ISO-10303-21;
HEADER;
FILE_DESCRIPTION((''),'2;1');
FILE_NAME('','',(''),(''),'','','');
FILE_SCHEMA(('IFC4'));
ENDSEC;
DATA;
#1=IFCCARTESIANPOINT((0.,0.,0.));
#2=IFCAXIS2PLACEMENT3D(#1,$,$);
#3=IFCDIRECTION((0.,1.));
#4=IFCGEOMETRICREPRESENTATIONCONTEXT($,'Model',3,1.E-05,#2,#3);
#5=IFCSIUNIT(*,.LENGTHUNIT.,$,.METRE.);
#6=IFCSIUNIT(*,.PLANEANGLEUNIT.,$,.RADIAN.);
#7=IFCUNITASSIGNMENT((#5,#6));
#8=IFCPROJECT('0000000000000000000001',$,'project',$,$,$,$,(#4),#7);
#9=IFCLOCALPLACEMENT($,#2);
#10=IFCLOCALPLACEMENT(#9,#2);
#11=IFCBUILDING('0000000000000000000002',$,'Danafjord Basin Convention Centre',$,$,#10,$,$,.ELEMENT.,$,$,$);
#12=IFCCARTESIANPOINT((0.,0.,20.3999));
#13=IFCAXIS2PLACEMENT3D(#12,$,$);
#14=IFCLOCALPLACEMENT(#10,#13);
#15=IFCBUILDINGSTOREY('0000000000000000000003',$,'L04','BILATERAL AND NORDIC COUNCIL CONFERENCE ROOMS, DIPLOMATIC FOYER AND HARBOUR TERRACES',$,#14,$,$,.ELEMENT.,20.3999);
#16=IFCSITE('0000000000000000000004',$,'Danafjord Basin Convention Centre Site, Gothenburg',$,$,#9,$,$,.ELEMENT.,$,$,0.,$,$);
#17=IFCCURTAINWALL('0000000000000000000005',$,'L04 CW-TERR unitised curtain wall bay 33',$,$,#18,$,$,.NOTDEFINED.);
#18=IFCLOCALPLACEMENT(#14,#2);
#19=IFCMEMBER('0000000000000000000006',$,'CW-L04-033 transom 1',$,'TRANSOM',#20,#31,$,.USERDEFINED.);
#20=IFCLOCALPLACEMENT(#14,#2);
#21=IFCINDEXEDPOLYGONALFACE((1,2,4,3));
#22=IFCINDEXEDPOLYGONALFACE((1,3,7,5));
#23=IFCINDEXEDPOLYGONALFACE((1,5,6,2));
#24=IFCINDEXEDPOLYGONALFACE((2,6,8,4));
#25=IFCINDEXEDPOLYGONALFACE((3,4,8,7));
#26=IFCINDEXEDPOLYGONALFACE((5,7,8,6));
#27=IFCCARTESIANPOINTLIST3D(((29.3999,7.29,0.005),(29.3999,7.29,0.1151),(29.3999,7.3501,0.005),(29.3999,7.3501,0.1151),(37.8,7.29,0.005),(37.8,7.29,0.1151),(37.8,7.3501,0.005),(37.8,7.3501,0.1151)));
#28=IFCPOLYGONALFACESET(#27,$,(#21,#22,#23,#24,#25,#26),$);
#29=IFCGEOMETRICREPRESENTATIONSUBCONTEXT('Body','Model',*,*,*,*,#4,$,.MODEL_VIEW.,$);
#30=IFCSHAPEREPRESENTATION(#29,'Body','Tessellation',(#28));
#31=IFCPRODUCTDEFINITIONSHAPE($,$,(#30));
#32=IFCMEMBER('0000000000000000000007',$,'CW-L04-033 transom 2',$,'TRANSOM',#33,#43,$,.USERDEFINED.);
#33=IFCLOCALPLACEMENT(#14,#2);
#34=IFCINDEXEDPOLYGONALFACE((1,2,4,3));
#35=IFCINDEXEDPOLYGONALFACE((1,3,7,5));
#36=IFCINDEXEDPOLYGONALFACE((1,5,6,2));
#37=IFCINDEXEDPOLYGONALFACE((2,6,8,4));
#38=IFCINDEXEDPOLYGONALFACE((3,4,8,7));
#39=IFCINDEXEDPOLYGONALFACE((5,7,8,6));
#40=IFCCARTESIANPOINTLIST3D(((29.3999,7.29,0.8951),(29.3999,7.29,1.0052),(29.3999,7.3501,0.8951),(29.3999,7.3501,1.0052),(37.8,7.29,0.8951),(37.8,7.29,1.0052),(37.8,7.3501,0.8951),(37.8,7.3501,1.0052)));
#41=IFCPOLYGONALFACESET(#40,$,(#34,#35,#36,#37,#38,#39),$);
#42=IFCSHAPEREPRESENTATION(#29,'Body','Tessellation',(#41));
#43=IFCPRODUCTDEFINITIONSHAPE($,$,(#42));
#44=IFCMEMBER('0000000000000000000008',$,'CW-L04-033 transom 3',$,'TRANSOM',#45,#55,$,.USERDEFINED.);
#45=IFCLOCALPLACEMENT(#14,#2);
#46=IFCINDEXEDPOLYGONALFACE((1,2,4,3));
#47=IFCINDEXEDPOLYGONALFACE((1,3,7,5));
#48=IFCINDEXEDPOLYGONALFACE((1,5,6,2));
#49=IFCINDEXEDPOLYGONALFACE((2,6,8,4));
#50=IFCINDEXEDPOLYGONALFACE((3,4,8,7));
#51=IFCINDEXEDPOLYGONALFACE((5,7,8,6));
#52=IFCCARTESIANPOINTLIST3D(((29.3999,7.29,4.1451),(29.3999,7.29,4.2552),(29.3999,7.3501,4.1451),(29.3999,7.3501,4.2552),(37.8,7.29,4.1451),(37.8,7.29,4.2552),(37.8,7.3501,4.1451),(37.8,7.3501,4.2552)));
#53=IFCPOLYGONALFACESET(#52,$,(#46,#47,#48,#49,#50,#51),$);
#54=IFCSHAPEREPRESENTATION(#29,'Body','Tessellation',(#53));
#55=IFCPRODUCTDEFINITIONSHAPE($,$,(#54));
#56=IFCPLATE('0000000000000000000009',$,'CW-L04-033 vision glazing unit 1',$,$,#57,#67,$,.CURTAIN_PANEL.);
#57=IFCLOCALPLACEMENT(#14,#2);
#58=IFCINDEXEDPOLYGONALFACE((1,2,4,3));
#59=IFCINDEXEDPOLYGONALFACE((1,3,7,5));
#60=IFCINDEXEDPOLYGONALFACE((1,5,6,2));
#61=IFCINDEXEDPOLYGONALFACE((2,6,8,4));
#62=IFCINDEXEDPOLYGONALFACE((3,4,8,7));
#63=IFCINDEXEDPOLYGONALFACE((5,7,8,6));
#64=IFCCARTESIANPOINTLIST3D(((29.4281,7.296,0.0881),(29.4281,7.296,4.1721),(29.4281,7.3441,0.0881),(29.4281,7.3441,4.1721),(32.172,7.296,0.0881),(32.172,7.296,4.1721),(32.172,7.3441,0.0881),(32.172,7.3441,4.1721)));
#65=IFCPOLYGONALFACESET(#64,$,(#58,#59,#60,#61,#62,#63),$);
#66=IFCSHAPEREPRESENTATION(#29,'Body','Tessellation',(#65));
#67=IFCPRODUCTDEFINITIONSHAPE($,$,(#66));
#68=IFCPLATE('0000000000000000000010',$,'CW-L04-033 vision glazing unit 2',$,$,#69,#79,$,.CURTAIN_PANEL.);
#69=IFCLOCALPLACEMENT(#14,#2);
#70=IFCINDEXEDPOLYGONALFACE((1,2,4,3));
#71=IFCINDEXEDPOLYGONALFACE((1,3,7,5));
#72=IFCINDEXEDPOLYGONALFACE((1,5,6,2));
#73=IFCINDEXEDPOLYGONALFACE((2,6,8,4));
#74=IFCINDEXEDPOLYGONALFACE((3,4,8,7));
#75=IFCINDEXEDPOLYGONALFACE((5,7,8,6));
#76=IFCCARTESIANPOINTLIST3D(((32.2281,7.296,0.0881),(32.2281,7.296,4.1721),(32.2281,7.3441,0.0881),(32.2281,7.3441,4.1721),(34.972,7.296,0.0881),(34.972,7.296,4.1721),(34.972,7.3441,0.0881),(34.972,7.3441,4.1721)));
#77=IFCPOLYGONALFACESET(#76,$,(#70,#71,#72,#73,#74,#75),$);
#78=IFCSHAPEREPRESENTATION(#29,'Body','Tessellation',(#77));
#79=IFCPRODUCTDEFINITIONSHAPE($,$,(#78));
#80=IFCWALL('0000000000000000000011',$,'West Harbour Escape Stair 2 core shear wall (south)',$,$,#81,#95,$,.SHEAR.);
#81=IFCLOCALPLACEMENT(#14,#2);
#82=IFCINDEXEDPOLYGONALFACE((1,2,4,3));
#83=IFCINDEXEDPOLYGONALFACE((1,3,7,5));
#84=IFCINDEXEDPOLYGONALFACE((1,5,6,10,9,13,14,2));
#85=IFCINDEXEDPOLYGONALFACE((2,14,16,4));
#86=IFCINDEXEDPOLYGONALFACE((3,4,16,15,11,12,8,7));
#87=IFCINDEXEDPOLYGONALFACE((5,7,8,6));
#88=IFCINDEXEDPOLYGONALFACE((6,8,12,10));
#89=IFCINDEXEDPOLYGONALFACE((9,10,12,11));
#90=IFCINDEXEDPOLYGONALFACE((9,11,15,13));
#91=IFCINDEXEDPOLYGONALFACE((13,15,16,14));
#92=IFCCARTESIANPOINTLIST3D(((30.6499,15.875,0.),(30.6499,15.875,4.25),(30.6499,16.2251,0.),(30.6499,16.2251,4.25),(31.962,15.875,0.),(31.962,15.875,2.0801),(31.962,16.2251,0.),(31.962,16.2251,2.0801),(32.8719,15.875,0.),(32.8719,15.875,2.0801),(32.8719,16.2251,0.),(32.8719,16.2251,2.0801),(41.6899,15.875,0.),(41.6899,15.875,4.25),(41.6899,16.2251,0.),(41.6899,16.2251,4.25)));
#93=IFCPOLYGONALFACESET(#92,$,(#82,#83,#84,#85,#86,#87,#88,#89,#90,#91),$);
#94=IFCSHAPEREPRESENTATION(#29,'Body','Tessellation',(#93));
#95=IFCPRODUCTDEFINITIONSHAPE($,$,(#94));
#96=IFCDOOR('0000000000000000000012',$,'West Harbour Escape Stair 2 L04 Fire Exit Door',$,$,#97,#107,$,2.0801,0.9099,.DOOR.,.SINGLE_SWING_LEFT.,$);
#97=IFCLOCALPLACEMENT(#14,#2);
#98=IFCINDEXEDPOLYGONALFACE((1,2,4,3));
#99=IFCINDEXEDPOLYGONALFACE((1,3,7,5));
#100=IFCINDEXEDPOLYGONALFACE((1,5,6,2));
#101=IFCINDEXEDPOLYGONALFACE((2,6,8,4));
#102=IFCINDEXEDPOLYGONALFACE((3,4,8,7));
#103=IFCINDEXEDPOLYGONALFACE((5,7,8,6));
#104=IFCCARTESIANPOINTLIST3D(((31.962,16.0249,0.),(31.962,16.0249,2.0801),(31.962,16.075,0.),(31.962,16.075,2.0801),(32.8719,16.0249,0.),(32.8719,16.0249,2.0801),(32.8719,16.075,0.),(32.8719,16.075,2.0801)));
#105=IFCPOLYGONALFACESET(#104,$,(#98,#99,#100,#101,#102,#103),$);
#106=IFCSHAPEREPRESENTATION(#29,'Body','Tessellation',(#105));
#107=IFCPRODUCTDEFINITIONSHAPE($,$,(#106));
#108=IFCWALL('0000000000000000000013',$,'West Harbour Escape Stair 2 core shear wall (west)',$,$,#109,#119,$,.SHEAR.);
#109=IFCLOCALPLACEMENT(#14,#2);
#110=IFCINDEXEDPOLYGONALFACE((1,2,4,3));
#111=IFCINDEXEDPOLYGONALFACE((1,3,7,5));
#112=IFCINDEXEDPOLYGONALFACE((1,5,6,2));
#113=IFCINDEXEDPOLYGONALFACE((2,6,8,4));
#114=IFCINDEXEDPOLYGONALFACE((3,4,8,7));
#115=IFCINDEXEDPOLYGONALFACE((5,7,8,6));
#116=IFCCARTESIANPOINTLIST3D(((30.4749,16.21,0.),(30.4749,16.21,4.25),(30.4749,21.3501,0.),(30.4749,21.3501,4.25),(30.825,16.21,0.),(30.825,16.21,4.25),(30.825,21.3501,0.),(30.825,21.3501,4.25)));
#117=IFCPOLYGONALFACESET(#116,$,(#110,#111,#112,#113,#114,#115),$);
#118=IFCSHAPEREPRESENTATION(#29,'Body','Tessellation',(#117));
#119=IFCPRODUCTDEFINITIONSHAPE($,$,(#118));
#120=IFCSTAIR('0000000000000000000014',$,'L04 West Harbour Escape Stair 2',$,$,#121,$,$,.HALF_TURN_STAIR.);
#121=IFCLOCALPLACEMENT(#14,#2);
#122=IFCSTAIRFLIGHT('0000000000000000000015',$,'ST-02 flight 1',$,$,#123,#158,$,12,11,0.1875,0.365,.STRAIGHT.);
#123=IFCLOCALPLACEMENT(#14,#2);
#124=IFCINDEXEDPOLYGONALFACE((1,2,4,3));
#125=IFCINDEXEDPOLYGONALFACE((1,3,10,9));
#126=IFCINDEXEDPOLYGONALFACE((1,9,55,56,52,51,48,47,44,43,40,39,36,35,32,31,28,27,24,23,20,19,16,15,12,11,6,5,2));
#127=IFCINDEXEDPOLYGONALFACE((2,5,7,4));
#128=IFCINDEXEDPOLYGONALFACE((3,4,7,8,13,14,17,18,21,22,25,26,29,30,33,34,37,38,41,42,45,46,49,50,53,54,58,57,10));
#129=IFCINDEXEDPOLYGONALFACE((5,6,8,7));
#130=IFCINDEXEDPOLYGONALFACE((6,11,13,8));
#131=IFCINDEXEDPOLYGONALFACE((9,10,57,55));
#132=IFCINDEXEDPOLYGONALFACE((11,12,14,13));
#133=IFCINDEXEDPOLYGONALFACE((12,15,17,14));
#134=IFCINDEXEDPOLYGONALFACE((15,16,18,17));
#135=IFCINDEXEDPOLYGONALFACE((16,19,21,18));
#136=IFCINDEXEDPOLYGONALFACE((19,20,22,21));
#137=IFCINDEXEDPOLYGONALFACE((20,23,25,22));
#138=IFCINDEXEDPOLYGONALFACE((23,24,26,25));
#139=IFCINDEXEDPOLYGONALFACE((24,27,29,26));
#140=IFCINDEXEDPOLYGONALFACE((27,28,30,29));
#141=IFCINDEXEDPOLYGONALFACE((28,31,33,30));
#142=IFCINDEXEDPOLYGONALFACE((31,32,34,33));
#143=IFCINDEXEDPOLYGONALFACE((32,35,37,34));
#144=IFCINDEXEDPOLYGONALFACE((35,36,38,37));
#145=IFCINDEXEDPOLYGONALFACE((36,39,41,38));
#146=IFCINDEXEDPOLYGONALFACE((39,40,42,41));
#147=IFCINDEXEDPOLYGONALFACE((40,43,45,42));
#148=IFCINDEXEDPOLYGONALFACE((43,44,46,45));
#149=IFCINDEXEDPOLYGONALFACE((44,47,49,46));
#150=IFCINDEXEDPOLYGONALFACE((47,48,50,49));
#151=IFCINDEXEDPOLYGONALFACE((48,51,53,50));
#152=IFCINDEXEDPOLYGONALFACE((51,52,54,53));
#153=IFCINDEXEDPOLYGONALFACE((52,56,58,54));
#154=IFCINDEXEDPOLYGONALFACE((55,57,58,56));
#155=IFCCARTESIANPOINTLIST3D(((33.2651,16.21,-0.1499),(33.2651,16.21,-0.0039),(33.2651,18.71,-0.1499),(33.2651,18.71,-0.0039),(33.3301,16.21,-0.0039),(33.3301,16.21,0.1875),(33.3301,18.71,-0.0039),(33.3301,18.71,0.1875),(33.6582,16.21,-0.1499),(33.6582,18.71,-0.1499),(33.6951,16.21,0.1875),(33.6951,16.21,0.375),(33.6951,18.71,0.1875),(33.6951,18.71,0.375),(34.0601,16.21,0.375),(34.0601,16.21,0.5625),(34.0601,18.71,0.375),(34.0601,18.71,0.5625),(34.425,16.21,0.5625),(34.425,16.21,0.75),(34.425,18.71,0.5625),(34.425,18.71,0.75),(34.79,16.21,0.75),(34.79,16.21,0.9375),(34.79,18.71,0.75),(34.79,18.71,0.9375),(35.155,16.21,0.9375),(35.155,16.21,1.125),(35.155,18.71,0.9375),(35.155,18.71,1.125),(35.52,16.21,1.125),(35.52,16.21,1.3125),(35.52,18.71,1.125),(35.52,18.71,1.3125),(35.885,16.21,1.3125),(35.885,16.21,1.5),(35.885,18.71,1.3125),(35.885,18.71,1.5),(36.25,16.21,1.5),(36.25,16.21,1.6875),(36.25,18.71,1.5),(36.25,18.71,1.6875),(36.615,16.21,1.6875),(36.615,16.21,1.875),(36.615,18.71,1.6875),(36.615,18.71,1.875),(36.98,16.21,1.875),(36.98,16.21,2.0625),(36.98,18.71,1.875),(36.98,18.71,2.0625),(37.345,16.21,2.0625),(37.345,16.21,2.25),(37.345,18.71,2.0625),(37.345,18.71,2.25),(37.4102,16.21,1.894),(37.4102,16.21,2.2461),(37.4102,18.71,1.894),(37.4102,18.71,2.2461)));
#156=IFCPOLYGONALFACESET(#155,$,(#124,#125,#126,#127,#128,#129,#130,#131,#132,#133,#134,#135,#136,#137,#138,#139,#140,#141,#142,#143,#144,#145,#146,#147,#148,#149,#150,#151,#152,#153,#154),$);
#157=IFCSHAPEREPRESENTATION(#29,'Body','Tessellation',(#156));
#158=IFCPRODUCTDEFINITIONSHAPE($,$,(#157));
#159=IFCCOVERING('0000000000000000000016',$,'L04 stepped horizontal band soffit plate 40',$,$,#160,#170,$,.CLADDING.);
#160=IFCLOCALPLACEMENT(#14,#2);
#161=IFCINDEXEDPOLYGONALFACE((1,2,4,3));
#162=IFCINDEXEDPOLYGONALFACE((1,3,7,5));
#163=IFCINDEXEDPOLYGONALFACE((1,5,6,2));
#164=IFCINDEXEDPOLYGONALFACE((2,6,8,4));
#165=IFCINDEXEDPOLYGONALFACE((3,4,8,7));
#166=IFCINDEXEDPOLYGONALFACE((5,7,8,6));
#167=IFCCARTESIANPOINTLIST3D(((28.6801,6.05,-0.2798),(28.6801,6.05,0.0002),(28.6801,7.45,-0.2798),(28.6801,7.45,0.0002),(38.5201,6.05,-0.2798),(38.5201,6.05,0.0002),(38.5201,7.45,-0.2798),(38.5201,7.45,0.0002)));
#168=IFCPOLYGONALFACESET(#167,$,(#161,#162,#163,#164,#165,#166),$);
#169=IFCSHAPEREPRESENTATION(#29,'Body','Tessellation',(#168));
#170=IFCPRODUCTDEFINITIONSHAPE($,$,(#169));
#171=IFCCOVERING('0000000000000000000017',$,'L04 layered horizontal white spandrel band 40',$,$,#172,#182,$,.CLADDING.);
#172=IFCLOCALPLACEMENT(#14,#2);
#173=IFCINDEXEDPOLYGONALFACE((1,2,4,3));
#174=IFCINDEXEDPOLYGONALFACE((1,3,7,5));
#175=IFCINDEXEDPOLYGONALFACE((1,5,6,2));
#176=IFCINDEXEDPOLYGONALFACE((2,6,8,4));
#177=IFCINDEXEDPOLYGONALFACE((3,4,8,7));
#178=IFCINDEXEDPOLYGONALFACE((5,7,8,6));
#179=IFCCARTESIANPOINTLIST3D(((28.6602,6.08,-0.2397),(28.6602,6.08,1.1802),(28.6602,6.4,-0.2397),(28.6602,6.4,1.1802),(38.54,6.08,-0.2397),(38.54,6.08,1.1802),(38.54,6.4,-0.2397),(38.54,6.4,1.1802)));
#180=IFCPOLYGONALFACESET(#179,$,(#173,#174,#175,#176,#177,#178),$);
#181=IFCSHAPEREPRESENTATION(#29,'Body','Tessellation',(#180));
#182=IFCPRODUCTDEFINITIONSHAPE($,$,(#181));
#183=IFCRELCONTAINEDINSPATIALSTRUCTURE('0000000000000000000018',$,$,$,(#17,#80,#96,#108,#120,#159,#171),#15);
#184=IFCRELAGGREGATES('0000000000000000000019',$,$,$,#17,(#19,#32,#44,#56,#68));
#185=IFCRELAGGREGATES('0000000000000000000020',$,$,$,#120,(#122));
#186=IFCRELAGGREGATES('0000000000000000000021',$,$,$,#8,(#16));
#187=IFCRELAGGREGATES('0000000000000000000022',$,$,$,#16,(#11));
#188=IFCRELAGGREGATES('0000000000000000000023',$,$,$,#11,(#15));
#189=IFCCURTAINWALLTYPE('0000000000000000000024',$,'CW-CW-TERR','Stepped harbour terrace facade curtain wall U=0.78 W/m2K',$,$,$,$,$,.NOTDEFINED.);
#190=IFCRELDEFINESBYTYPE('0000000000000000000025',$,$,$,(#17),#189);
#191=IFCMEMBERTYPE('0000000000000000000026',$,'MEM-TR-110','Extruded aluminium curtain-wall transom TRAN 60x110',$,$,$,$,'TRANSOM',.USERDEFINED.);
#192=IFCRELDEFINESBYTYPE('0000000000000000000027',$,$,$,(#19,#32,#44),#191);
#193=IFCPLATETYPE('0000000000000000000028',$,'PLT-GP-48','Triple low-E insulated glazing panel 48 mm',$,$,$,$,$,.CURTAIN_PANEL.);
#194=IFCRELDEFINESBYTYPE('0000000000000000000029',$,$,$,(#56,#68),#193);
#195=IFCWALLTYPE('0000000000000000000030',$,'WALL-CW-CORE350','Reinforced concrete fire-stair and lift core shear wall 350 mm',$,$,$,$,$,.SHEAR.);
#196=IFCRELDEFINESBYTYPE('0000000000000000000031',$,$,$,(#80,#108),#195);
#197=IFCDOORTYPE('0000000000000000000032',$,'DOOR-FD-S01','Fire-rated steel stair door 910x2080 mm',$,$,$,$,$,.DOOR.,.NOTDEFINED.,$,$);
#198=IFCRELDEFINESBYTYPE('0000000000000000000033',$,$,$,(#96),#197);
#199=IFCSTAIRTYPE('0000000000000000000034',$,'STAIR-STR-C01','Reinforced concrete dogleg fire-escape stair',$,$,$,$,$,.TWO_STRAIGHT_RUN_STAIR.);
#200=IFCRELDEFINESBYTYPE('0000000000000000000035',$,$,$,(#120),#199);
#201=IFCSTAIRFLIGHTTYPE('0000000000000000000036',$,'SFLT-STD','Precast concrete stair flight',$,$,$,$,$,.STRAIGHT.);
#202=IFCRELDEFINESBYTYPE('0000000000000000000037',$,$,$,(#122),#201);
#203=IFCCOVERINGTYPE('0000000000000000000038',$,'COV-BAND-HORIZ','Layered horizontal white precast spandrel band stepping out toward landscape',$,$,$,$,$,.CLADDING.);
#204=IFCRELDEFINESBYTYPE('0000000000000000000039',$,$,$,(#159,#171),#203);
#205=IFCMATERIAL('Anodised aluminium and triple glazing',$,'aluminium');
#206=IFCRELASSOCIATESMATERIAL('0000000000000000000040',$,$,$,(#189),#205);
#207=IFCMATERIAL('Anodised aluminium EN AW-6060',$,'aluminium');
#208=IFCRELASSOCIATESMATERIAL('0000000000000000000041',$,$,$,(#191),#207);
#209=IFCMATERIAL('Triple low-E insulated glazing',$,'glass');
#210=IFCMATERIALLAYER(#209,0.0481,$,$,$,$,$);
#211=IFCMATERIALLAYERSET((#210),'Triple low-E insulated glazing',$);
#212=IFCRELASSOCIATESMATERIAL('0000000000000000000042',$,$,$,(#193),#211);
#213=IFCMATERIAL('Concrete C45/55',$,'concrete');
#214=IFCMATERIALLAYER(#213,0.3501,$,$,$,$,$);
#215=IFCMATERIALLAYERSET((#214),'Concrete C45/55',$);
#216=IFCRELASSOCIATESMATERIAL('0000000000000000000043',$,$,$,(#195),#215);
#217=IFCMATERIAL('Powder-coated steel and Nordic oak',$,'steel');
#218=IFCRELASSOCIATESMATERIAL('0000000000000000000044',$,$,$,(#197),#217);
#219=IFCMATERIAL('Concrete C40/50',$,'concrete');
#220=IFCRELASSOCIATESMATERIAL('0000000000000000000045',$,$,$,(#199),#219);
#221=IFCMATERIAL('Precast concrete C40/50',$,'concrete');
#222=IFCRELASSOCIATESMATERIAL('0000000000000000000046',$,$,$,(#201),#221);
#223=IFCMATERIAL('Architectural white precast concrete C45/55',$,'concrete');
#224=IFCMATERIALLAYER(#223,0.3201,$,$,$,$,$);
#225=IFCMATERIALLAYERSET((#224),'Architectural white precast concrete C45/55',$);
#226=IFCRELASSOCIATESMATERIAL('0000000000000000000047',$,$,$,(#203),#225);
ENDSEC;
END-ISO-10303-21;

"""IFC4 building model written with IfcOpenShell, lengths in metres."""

from ifc_helpers import new_model, si_unit, direction, frame, frame_2d, origin, origin_2d, place, context, subcontext, project, spatial, polyline, rectangle, outline, extrude, material, layer, layer_set, material_profile, profile_set, type_object, element, fill, aggregate, save


model = new_model("IFC4")

# Units and contexts
model_context = context("Model", 3, precision=1e-05, world=origin(), true_north=direction((0.0, 1.0)))
body_context = subcontext(model_context, "Body", "Model", "MODEL_VIEW")
ifc_project = project(units=[si_unit("LENGTHUNIT", "METRE"), si_unit("PLANEANGLEUNIT", "RADIAN")], contexts=[model_context])

# Site, building, storey
site_placement = place(None, origin())
site = spatial("IfcSite", under=ifc_project, at=site_placement, Name="Danafjord Basin Convention Centre Site, Gothenburg", CompositionType="ELEMENT", RefElevation=0.0)
building_placement = place(site_placement, origin())
building = spatial("IfcBuilding", under=site, at=building_placement, Name="Danafjord Basin Convention Centre", CompositionType="ELEMENT")
storey_placement = place(building_placement, frame((0.0, 0.0, 20.3999)))
storey = spatial("IfcBuildingStorey", under=building, at=storey_placement, Name="L04", Description="BILATERAL AND NORDIC COUNCIL CONFERENCE ROOMS, DIPLOMATIC FOYER AND HARBOUR TERRACES", CompositionType="ELEMENT", Elevation=20.3999)

# Curtain wall, members, plates
ifc_material_1 = material(Name="Anodised aluminium and triple glazing", Category="aluminium")
curtain_wall_type = type_object("IfcCurtainWallType", Name="CW-CW-TERR", Description="Stepped harbour terrace facade curtain wall U=0.78 W/m2K", PredefinedType="NOTDEFINED", material=ifc_material_1)
curtain_wall_placement = place(storey_placement, origin())
curtain_wall = element("IfcCurtainWall", 1, at=curtain_wall_placement, inside=storey, type_object=curtain_wall_type, Name="L04 CW-TERR unitised curtain wall bay 33", PredefinedType="NOTDEFINED")
ifc_material_2 = material(Name="Anodised aluminium EN AW-6060", Category="aluminium")
ifc_material_profile_1 = material_profile(ifc_material_2, rectangle(XDim=0.0601, YDim=0.1101, at=origin_2d()), Name="TRAN 60x110")
ifc_profile_set_1 = profile_set([ifc_material_profile_1], Name="Anodised aluminium EN AW-6060")
member_type_1 = type_object("IfcMemberType", Name="MEM-TR-110", Description="Extruded aluminium curtain-wall transom TRAN 60x110", ElementType="TRANSOM", PredefinedType="USERDEFINED", material=ifc_profile_set_1)
member_1_placement = place(storey_placement, frame((29.3999, 7.3201, 0.0601), z_axis=(1.0, 0.0, 0.0), x_axis=(0.0, 1.0, 0.0)))
member_1 = element("IfcMember", 2, at=member_1_placement, type_object=member_type_1, Name="CW-L04-033 transom 1", ObjectType="TRANSOM", PredefinedType="USERDEFINED", context=body_context, shape_type="SweptSolid", body=[
    extrude(rectangle(XDim=0.0601, YDim=0.1101, at=origin_2d()), origin(), (0.0, 0.0, 1.0), 8.4001),
])
member_2_placement = place(storey_placement, frame((29.3999, 7.3201, 0.9502), z_axis=(1.0, 0.0, 0.0), x_axis=(0.0, 1.0, 0.0)))
member_2 = element("IfcMember", 3, at=member_2_placement, type_object=member_type_1, Name="CW-L04-033 transom 2", ObjectType="TRANSOM", PredefinedType="USERDEFINED", context=body_context, shape_type="SweptSolid", body=[
    extrude(rectangle(XDim=0.0601, YDim=0.1101, at=origin_2d()), origin(), (0.0, 0.0, 1.0), 8.4001),
])
member_3_placement = place(storey_placement, frame((29.3999, 7.3201, 4.2002), z_axis=(1.0, 0.0, 0.0), x_axis=(0.0, 1.0, 0.0)))
member_3 = element("IfcMember", 4, at=member_3_placement, type_object=member_type_1, Name="CW-L04-033 transom 3", ObjectType="TRANSOM", PredefinedType="USERDEFINED", context=body_context, shape_type="SweptSolid", body=[
    extrude(rectangle(XDim=0.0601, YDim=0.1101, at=origin_2d()), origin(), (0.0, 0.0, 1.0), 8.4001),
])
ifc_material_3 = material(Name="Triple low-E insulated glazing", Category="glass")
ifc_layer_1 = layer(ifc_material_3, 0.0481)
ifc_layer_set_1 = layer_set([ifc_layer_1], Name="Triple low-E insulated glazing")
plate_type = type_object("IfcPlateType", Name="PLT-GP-48", Description="Triple low-E insulated glazing panel 48 mm", PredefinedType="CURTAIN_PANEL", material=ifc_layer_set_1)
plate_1_placement = place(storey_placement, frame((30.8, 7.3201, 0.0881), z_axis=(0.0, 0.0, 1.0), x_axis=(1.0, 0.0, 0.0)))
plate_1 = element("IfcPlate", 5, at=plate_1_placement, type_object=plate_type, Name="CW-L04-033 vision glazing unit 1", PredefinedType="CURTAIN_PANEL", context=body_context, shape_type="SweptSolid", body=[
    extrude(rectangle(XDim=2.7439, YDim=0.0481, at=origin_2d()), origin(), (0.0, 0.0, 1.0), 4.084),
])
plate_2_placement = place(storey_placement, frame((33.6001, 7.3201, 0.0881), z_axis=(0.0, 0.0, 1.0), x_axis=(1.0, 0.0, 0.0)))
plate_2 = element("IfcPlate", 6, at=plate_2_placement, type_object=plate_type, Name="CW-L04-033 vision glazing unit 2", PredefinedType="CURTAIN_PANEL", context=body_context, shape_type="SweptSolid", body=[
    extrude(rectangle(XDim=2.7439, YDim=0.0481, at=origin_2d()), origin(), (0.0, 0.0, 1.0), 4.084),
])
aggregate(curtain_wall, [member_1, member_2, member_3, plate_1, plate_2])

# Wall, opening, door
ifc_material_4 = material(Name="Concrete C45/55", Category="concrete")
ifc_layer_2 = layer(ifc_material_4, 0.3501)
ifc_layer_set_2 = layer_set([ifc_layer_2], Name="Concrete C45/55")
wall_type = type_object("IfcWallType", Name="WALL-CW-CORE350", Description="Reinforced concrete fire-stair and lift core shear wall 350 mm", PredefinedType="SHEAR", material=ifc_layer_set_2)
wall_1_placement = place(storey_placement, frame((30.6499, 16.05, 0.0), z_axis=(0.0, 0.0, 1.0), x_axis=(1.0, 0.0, 0.0)))
wall_1 = element("IfcWall", 7, at=wall_1_placement, inside=storey, type_object=wall_type, Name="West Harbour Escape Stair 2 core shear wall (south)", PredefinedType="SHEAR", context=body_context, shape_type="SweptSolid", body=[
    extrude(rectangle(XDim=11.04, YDim=0.3501, at=frame_2d((5.52, 0.0))), origin(), (0.0, 0.0, 1.0), 4.25),
])
opening_placement = place(wall_1_placement, frame((1.312, 0.0, 0.0)))
opening = element("IfcOpeningElement", 8, at=opening_placement, cuts=wall_1, PredefinedType="OPENING", context=body_context, shape_type="SweptSolid", body=[
    extrude(rectangle(XDim=0.9099, YDim=2.0801, at=frame_2d((0.4551, 1.04))), frame((0.0, 0.1851, 0.0), z_axis=(0.0, -1.0, 0.0), x_axis=(1.0, 0.0, 0.0)), (0.0, 0.0, 1.0), 0.3701),
])
ifc_material_5 = material(Name="Powder-coated steel and Nordic oak", Category="steel")
door_type = type_object("IfcDoorType", Name="DOOR-FD-S01", Description="Fire-rated steel stair door 910x2080 mm", OperationType="NOTDEFINED", PredefinedType="DOOR", material=ifc_material_5)
door_placement = place(opening_placement, origin())
door = element("IfcDoor", 9, at=door_placement, inside=storey, type_object=door_type, Name="West Harbour Escape Stair 2 L04 Fire Exit Door", OperationType="SINGLE_SWING_LEFT", OverallHeight=2.0801, OverallWidth=0.9099, PredefinedType="DOOR", context=body_context, shape_type="SweptSolid", body=[
    extrude(rectangle(XDim=0.9099, YDim=2.0801, at=frame_2d((0.4551, 1.04))), frame((0.0, 0.0249, 0.0), z_axis=(0.0, -1.0, 0.0), x_axis=(1.0, 0.0, 0.0)), (0.0, 0.0, 1.0), 0.05),
])
fill(opening, door)

# Wall
wall_2_placement = place(storey_placement, frame((30.6499, 21.3501, 0.0), z_axis=(0.0, 0.0, 1.0), x_axis=(0.0, -1.0, 0.0)))
element("IfcWall", 10, at=wall_2_placement, inside=storey, type_object=wall_type, Name="West Harbour Escape Stair 2 core shear wall (west)", PredefinedType="SHEAR", context=body_context, shape_type="SweptSolid", body=[
    extrude(rectangle(XDim=5.1401, YDim=0.3501, at=frame_2d((2.5701, 0.0))), origin(), (0.0, 0.0, 1.0), 4.25),
])

# Stair, stair flight
ifc_material_6 = material(Name="Concrete C40/50", Category="concrete")
stair_type = type_object("IfcStairType", Name="STAIR-STR-C01", Description="Reinforced concrete dogleg fire-escape stair", PredefinedType="TWO_STRAIGHT_RUN_STAIR", material=ifc_material_6)
stair_placement = place(storey_placement, origin())
stair = element("IfcStair", 11, at=stair_placement, inside=storey, type_object=stair_type, Name="L04 West Harbour Escape Stair 2", PredefinedType="HALF_TURN_STAIR")
ifc_material_7 = material(Name="Precast concrete C40/50", Category="concrete")
stair_flight_type = type_object("IfcStairFlightType", Name="SFLT-STD", Description="Precast concrete stair flight", PredefinedType="STRAIGHT", material=ifc_material_7)
stair_flight_placement = place(storey_placement, frame((33.3301, 17.46, 0.0), z_axis=(0.0, 0.0, 1.0), x_axis=(1.0, 0.0, 0.0)))
stair_flight = element("IfcStairFlight", 12, at=stair_flight_placement, type_object=stair_flight_type, Name="ST-02 flight 1", NumberOfRisers=12, NumberOfTreads=11, PredefinedType="STRAIGHT", RiserHeight=0.1875, TreadLength=0.365, context=body_context, shape_type="SweptSolid", body=[
    extrude(outline(polyline([(-0.0649, -0.1499), (-0.0649, -0.0039), (0.0, -0.0039), (0.0, 0.1875), (0.365, 0.1875), (0.365, 0.375), (0.73, 0.375), (0.73, 0.5625), (1.095, 0.5625), (1.095, 0.75), (1.46, 0.75), (1.46, 0.9375), (1.825, 0.9375), (1.825, 1.125), (2.1899, 1.125), (2.1899, 1.3125), (2.5549, 1.3125), (2.5549, 1.5), (2.9199, 1.5), (2.9199, 1.6875), (3.2849, 1.6875), (3.2849, 1.875), (3.6499, 1.875), (3.6499, 2.0625), (4.0149, 2.0625), (4.0149, 2.25), (4.0801, 2.2461), (4.0801, 1.894), (0.3281, -0.1499), (-0.0649, -0.1499)])), frame((0.0, 1.25, 0.0), z_axis=(0.0, -1.0, 0.0), x_axis=(1.0, 0.0, 0.0)), (0.0, 0.0, 1.0), 2.5),
])
aggregate(stair, [stair_flight])

# Coverings
ifc_material_8 = material(Name="Architectural white precast concrete C45/55", Category="concrete")
ifc_layer_3 = layer(ifc_material_8, 0.3201)
ifc_layer_set_3 = layer_set([ifc_layer_3], Name="Architectural white precast concrete C45/55")
covering_type = type_object("IfcCoveringType", Name="COV-BAND-HORIZ", Description="Layered horizontal white precast spandrel band stepping out toward landscape", PredefinedType="CLADDING", material=ifc_layer_set_3)
covering_1_placement = place(storey_placement, frame((33.6001, 6.75, -0.2798), z_axis=(0.0, 0.0, 1.0), x_axis=(1.0, 0.0, 0.0)))
element("IfcCovering", 13, at=covering_1_placement, inside=storey, type_object=covering_type, Name="L04 stepped horizontal band soffit plate 40", PredefinedType="CLADDING", context=body_context, shape_type="SweptSolid", body=[
    extrude(rectangle(XDim=9.8401, YDim=1.3999, at=origin_2d()), origin(), (0.0, 0.0, 1.0), 0.28),
])
covering_2_placement = place(storey_placement, frame((33.6001, 6.24, -0.2397), z_axis=(0.0, 0.0, 1.0), x_axis=(1.0, 0.0, 0.0)))
element("IfcCovering", 14, at=covering_2_placement, inside=storey, type_object=covering_type, Name="L04 layered horizontal white spandrel band 40", PredefinedType="CLADDING", context=body_context, shape_type="SweptSolid", body=[
    extrude(rectangle(XDim=9.8799, YDim=0.3201, at=origin_2d()), origin(), (0.0, 0.0, 1.0), 1.4199),
])

save(model, "model.ifc")
